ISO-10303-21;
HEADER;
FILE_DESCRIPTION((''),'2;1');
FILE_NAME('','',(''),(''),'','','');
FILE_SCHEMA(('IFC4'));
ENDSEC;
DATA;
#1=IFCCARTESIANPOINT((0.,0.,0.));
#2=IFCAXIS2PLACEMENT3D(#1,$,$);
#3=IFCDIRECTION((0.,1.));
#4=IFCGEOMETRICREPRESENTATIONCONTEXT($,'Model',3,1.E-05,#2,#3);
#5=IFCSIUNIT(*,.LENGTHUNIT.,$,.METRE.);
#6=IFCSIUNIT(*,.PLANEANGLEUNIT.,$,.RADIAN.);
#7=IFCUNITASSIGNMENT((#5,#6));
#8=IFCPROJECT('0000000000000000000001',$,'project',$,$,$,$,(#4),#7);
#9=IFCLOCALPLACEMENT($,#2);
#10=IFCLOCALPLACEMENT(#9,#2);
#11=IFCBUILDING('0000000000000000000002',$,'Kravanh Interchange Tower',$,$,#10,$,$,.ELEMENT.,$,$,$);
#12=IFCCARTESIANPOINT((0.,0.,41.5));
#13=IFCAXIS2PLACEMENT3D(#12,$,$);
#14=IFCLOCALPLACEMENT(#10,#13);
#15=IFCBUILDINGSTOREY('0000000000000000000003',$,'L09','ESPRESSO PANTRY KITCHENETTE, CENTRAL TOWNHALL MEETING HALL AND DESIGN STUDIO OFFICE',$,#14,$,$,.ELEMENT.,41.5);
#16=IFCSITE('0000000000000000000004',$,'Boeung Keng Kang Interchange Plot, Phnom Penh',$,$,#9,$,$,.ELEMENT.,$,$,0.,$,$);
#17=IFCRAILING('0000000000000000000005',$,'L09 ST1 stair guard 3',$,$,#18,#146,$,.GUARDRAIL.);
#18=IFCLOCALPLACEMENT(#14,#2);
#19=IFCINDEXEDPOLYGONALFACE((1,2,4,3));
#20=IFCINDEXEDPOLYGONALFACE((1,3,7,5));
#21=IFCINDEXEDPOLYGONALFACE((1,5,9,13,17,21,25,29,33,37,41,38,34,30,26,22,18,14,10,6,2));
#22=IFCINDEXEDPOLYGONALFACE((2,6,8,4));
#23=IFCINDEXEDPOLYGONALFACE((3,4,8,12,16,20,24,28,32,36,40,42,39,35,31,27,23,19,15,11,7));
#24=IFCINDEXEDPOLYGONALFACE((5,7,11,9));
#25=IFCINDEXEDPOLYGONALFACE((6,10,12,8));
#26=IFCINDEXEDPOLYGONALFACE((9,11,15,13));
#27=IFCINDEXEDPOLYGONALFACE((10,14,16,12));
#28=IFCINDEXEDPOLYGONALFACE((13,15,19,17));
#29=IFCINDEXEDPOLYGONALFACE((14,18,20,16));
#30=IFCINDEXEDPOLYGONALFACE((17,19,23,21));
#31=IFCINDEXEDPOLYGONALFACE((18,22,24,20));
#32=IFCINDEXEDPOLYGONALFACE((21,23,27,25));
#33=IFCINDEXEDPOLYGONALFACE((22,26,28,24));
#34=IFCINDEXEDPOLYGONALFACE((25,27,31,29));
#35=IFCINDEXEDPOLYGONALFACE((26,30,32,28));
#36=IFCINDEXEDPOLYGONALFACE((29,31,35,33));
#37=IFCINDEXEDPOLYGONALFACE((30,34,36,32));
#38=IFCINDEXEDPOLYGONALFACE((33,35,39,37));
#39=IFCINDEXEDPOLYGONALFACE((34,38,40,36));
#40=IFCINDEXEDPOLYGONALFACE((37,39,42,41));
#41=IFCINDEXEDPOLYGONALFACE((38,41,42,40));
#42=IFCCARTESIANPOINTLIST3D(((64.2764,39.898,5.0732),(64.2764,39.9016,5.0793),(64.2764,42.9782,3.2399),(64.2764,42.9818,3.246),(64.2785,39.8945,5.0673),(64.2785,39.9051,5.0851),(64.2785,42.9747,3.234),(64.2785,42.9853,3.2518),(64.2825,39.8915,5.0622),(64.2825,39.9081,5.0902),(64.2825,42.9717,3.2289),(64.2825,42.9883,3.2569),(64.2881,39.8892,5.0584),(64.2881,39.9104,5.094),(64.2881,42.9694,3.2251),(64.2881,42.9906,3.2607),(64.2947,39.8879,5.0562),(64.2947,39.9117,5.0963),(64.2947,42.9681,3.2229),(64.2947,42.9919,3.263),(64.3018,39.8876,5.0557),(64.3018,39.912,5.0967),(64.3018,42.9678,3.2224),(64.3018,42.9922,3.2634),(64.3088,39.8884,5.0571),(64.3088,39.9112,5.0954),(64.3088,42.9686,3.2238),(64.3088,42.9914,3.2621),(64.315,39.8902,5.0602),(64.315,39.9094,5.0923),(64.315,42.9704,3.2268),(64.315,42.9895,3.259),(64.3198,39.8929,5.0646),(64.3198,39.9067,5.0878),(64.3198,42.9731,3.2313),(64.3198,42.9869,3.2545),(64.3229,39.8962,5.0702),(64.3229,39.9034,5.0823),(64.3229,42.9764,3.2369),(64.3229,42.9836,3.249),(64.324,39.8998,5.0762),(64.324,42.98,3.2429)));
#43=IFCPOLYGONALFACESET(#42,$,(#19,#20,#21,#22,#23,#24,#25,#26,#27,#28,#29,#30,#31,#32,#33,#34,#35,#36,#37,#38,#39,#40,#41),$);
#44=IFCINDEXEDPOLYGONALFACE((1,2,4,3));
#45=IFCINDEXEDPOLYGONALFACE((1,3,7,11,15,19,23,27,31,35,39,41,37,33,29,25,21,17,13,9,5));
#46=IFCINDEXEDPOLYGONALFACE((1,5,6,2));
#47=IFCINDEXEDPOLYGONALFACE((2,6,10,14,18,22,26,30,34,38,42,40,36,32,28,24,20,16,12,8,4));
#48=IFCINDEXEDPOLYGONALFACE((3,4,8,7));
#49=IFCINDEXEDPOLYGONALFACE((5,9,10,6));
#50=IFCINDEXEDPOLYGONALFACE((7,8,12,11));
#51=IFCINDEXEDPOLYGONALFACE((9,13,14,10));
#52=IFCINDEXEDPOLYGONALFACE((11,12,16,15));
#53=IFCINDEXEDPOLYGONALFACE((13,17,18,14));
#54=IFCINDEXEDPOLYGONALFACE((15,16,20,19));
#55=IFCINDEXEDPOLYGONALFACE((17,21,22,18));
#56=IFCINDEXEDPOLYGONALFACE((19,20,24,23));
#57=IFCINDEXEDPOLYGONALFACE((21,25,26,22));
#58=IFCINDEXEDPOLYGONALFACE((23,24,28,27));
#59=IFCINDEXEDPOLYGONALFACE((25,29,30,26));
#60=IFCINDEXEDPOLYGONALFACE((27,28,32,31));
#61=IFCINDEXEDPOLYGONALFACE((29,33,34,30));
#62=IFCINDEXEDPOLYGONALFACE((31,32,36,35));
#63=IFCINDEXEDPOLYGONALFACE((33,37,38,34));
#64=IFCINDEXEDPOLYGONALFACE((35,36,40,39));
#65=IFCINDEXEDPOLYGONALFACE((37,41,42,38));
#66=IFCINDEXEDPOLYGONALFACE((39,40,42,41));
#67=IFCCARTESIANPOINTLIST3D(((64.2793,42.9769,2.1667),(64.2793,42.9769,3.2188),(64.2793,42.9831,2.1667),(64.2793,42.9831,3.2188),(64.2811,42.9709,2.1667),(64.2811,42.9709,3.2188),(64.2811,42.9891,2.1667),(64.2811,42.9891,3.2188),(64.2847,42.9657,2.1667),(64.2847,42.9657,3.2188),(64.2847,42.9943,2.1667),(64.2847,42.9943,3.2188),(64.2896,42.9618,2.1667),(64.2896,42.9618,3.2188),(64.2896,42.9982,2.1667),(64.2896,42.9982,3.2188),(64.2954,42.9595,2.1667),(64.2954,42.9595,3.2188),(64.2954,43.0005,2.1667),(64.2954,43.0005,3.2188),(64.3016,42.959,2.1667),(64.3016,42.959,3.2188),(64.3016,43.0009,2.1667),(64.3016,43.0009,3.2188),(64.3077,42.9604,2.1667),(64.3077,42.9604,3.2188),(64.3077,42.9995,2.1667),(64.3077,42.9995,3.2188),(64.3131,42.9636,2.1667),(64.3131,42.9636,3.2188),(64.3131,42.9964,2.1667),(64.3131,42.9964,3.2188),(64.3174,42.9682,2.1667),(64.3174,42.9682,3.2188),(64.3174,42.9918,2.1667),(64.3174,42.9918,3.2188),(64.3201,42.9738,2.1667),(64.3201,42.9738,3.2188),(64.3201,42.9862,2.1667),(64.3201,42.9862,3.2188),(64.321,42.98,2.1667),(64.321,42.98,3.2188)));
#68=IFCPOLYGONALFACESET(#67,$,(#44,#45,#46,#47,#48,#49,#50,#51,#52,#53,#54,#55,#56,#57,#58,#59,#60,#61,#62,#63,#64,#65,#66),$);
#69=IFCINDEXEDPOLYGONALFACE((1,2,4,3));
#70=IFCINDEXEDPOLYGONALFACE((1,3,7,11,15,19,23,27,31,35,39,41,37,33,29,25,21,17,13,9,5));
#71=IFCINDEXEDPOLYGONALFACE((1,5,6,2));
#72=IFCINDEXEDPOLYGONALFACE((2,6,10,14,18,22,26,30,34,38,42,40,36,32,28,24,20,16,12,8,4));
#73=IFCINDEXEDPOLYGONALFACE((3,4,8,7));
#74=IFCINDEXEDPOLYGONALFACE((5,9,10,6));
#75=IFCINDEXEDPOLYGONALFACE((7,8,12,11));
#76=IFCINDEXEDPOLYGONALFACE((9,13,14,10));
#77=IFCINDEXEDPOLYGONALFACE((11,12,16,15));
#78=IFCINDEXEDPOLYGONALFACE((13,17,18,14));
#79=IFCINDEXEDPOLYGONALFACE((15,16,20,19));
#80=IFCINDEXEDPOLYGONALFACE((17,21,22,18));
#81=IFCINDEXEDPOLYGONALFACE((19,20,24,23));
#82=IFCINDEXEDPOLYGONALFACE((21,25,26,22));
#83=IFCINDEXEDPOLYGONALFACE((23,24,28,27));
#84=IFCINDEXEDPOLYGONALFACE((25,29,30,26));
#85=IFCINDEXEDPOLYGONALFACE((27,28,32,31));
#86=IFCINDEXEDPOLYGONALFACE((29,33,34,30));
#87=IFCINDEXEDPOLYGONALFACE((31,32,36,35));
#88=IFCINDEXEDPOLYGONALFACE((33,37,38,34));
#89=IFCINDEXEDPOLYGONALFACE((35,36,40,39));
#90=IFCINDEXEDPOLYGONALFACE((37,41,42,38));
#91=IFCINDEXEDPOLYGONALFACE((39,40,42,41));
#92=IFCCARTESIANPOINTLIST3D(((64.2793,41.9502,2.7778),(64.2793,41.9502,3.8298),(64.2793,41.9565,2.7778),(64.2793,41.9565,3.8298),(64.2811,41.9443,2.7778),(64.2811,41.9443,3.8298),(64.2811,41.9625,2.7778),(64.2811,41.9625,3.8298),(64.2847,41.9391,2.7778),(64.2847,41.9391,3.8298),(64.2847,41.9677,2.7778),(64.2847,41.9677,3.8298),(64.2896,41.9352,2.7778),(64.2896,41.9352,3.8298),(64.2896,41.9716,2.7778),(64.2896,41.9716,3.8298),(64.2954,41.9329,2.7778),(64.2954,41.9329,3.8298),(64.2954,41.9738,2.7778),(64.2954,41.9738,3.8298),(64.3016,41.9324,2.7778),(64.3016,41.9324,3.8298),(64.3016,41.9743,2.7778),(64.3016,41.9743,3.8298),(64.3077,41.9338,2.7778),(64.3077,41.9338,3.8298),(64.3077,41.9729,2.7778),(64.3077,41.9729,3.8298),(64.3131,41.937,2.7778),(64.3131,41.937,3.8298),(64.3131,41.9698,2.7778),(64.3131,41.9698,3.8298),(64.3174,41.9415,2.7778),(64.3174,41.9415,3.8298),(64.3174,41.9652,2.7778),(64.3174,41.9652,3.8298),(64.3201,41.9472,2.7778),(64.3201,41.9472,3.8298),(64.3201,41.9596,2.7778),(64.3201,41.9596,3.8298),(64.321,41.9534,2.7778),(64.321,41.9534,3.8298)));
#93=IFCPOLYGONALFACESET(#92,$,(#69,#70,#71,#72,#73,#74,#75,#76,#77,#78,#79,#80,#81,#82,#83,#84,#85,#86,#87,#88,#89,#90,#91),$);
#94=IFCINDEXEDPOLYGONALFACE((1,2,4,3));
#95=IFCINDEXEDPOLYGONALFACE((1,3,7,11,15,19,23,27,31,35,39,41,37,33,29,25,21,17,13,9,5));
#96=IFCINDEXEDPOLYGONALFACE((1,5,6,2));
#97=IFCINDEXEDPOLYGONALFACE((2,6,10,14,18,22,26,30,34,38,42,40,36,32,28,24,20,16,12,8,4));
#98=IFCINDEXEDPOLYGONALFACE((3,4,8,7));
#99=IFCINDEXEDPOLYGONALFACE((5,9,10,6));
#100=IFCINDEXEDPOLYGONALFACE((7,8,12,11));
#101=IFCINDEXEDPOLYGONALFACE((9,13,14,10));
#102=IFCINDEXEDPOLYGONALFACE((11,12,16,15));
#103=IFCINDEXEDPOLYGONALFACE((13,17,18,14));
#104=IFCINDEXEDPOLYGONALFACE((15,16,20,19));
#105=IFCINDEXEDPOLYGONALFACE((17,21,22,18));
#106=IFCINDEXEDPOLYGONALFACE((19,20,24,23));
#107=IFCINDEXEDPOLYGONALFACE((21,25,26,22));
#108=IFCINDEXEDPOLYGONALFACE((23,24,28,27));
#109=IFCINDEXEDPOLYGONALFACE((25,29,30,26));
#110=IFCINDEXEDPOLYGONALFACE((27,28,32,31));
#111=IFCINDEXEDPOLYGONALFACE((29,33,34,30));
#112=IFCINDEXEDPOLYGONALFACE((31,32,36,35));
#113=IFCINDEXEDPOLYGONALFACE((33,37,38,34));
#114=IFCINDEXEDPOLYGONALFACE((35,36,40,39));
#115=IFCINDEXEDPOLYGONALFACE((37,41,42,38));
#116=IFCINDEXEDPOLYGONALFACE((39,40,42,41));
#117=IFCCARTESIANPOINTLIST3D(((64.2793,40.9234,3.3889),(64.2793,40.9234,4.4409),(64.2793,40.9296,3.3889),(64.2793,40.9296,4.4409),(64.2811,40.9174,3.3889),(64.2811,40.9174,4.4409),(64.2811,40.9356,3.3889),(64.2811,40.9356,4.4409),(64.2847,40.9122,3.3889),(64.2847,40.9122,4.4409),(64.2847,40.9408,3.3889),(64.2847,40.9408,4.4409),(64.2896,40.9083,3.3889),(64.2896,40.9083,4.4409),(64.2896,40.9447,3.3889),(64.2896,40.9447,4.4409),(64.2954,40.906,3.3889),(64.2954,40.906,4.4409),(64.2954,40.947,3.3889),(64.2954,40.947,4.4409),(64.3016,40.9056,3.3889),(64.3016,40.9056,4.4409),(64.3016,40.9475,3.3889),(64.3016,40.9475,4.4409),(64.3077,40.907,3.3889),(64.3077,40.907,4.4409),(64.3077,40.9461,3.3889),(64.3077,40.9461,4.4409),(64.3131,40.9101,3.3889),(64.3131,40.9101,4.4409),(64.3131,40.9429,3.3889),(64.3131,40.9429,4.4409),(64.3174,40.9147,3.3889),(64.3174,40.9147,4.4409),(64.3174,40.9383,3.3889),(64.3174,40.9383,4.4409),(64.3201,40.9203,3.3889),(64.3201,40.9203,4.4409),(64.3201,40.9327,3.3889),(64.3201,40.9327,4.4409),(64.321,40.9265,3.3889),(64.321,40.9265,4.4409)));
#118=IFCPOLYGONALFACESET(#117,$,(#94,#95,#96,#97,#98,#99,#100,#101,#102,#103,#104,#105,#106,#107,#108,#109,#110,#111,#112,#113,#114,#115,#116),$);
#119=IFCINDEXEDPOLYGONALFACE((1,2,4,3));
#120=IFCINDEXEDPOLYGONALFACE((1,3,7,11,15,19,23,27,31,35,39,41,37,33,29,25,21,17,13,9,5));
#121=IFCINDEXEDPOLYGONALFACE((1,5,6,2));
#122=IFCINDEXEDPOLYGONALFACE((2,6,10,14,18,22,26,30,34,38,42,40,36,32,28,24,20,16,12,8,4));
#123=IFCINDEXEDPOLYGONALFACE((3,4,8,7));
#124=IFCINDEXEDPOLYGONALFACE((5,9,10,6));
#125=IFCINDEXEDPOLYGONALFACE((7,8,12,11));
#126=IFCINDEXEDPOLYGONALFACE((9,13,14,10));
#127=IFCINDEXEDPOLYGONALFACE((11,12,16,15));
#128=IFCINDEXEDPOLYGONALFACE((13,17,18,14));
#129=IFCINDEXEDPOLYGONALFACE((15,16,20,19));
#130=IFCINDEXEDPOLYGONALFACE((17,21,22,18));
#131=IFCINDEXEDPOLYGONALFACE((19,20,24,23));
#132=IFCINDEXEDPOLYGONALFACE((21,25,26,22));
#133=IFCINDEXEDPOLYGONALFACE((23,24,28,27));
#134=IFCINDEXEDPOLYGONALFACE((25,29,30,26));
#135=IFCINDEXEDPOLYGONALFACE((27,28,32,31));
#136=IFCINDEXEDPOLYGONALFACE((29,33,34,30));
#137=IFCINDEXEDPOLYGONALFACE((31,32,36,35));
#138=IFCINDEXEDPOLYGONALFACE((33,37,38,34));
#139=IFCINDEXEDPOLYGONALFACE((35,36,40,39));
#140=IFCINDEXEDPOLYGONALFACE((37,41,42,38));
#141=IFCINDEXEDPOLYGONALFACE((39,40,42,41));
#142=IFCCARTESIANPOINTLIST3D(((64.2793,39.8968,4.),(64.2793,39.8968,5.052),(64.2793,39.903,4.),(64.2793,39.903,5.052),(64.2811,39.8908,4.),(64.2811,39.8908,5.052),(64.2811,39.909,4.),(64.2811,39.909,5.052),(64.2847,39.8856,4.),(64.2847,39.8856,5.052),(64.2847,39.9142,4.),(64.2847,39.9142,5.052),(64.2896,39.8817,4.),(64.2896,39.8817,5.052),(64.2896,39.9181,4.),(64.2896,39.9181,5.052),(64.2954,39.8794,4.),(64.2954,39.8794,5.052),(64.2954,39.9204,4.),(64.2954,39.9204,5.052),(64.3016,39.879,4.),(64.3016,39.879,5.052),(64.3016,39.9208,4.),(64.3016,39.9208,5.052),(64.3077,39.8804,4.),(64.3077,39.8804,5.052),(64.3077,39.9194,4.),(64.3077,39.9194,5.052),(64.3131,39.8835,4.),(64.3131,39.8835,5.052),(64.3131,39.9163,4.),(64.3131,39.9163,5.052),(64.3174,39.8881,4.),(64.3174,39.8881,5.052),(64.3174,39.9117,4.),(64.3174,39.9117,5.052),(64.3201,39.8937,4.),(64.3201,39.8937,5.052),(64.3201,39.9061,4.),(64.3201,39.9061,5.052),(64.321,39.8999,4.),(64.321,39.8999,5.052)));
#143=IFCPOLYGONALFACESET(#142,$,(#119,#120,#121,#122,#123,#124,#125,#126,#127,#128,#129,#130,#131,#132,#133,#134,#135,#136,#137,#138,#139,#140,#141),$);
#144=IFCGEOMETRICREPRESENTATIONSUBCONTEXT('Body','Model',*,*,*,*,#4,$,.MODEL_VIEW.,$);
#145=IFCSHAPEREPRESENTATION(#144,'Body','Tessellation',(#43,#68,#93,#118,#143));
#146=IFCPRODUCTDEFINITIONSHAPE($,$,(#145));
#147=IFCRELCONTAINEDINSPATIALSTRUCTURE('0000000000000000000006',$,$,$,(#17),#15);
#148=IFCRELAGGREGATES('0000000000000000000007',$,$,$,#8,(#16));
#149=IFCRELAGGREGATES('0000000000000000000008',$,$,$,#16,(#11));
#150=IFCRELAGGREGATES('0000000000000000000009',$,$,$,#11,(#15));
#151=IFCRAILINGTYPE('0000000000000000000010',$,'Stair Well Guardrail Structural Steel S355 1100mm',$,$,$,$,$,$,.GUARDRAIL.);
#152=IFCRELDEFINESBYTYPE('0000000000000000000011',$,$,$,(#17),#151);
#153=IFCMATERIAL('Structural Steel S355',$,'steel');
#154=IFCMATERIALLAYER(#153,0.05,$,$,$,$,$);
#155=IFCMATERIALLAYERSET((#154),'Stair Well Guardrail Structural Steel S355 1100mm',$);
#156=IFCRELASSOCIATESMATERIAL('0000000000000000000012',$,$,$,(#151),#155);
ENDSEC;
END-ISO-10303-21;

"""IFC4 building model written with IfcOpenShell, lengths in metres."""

from ifc_helpers import new_model, si_unit, direction, frame, origin, origin_2d, place, context, subcontext, project, spatial, circle, extrude, material, layer, layer_set, type_object, element, save


model = new_model("IFC4")

# Units and contexts
model_context = context("Model", 3, precision=1e-05, world=origin(), true_north=direction((0.0, 1.0)))
body_context = subcontext(model_context, "Body", "Model", "MODEL_VIEW")
ifc_project = project(units=[si_unit("LENGTHUNIT", "METRE"), si_unit("PLANEANGLEUNIT", "RADIAN")], contexts=[model_context])

# Site, building, storey
site_placement = place(None, origin())
site = spatial("IfcSite", under=ifc_project, at=site_placement, Name="Boeung Keng Kang Interchange Plot, Phnom Penh", CompositionType="ELEMENT", RefElevation=0.0)
building_placement = place(site_placement, origin())
building = spatial("IfcBuilding", under=site, at=building_placement, Name="Kravanh Interchange Tower", CompositionType="ELEMENT")
storey_placement = place(building_placement, frame((0.0, 0.0, 41.5)))
storey = spatial("IfcBuildingStorey", under=building, at=storey_placement, Name="L09", Description="ESPRESSO PANTRY KITCHENETTE, CENTRAL TOWNHALL MEETING HALL AND DESIGN STUDIO OFFICE", CompositionType="ELEMENT", Elevation=41.5)

# Railing
ifc_material_1 = material(Name="Structural Steel S355", Category="steel")
ifc_layer_1 = layer(ifc_material_1, 0.05)
ifc_layer_set_1 = layer_set([ifc_layer_1], Name="Stair Well Guardrail Structural Steel S355 1100mm")
railing_type_1 = type_object("IfcRailingType", Name="Stair Well Guardrail Structural Steel S355 1100mm", PredefinedType="GUARDRAIL", material=ifc_layer_set_1)
railing_1_placement = place(storey_placement, frame((64.3, 42.98, 2.1667)))
element("IfcRailing", 1, at=railing_1_placement, inside=storey, type_object=railing_type_1, Name="L09 ST1 stair guard 3", PredefinedType="GUARDRAIL", context=body_context, shape_type="SweptSolid", body=[
    extrude(circle(Radius=0.0239, at=origin_2d()), frame((0.0, 0.0, 1.0762), z_axis=(0.0, -0.859309, 0.511458), x_axis=(1.0, 0.0, 0.0)), (0.0, 0.0, 1.0), 3.5845),
    extrude(circle(Radius=0.021, at=origin_2d()), origin(), (0.0, 0.0, 1.0), 1.052),
    extrude(circle(Radius=0.021, at=origin_2d()), frame((0.0, -1.0266, 0.6111)), (0.0, 0.0, 1.0), 1.052),
    extrude(circle(Radius=0.021, at=origin_2d()), frame((0.0, -2.0535, 1.2222)), (0.0, 0.0, 1.0), 1.052),
    extrude(circle(Radius=0.021, at=origin_2d()), frame((0.0, -3.0801, 1.8333)), (0.0, 0.0, 1.0), 1.052),
])

save(model, "model.ifc")
